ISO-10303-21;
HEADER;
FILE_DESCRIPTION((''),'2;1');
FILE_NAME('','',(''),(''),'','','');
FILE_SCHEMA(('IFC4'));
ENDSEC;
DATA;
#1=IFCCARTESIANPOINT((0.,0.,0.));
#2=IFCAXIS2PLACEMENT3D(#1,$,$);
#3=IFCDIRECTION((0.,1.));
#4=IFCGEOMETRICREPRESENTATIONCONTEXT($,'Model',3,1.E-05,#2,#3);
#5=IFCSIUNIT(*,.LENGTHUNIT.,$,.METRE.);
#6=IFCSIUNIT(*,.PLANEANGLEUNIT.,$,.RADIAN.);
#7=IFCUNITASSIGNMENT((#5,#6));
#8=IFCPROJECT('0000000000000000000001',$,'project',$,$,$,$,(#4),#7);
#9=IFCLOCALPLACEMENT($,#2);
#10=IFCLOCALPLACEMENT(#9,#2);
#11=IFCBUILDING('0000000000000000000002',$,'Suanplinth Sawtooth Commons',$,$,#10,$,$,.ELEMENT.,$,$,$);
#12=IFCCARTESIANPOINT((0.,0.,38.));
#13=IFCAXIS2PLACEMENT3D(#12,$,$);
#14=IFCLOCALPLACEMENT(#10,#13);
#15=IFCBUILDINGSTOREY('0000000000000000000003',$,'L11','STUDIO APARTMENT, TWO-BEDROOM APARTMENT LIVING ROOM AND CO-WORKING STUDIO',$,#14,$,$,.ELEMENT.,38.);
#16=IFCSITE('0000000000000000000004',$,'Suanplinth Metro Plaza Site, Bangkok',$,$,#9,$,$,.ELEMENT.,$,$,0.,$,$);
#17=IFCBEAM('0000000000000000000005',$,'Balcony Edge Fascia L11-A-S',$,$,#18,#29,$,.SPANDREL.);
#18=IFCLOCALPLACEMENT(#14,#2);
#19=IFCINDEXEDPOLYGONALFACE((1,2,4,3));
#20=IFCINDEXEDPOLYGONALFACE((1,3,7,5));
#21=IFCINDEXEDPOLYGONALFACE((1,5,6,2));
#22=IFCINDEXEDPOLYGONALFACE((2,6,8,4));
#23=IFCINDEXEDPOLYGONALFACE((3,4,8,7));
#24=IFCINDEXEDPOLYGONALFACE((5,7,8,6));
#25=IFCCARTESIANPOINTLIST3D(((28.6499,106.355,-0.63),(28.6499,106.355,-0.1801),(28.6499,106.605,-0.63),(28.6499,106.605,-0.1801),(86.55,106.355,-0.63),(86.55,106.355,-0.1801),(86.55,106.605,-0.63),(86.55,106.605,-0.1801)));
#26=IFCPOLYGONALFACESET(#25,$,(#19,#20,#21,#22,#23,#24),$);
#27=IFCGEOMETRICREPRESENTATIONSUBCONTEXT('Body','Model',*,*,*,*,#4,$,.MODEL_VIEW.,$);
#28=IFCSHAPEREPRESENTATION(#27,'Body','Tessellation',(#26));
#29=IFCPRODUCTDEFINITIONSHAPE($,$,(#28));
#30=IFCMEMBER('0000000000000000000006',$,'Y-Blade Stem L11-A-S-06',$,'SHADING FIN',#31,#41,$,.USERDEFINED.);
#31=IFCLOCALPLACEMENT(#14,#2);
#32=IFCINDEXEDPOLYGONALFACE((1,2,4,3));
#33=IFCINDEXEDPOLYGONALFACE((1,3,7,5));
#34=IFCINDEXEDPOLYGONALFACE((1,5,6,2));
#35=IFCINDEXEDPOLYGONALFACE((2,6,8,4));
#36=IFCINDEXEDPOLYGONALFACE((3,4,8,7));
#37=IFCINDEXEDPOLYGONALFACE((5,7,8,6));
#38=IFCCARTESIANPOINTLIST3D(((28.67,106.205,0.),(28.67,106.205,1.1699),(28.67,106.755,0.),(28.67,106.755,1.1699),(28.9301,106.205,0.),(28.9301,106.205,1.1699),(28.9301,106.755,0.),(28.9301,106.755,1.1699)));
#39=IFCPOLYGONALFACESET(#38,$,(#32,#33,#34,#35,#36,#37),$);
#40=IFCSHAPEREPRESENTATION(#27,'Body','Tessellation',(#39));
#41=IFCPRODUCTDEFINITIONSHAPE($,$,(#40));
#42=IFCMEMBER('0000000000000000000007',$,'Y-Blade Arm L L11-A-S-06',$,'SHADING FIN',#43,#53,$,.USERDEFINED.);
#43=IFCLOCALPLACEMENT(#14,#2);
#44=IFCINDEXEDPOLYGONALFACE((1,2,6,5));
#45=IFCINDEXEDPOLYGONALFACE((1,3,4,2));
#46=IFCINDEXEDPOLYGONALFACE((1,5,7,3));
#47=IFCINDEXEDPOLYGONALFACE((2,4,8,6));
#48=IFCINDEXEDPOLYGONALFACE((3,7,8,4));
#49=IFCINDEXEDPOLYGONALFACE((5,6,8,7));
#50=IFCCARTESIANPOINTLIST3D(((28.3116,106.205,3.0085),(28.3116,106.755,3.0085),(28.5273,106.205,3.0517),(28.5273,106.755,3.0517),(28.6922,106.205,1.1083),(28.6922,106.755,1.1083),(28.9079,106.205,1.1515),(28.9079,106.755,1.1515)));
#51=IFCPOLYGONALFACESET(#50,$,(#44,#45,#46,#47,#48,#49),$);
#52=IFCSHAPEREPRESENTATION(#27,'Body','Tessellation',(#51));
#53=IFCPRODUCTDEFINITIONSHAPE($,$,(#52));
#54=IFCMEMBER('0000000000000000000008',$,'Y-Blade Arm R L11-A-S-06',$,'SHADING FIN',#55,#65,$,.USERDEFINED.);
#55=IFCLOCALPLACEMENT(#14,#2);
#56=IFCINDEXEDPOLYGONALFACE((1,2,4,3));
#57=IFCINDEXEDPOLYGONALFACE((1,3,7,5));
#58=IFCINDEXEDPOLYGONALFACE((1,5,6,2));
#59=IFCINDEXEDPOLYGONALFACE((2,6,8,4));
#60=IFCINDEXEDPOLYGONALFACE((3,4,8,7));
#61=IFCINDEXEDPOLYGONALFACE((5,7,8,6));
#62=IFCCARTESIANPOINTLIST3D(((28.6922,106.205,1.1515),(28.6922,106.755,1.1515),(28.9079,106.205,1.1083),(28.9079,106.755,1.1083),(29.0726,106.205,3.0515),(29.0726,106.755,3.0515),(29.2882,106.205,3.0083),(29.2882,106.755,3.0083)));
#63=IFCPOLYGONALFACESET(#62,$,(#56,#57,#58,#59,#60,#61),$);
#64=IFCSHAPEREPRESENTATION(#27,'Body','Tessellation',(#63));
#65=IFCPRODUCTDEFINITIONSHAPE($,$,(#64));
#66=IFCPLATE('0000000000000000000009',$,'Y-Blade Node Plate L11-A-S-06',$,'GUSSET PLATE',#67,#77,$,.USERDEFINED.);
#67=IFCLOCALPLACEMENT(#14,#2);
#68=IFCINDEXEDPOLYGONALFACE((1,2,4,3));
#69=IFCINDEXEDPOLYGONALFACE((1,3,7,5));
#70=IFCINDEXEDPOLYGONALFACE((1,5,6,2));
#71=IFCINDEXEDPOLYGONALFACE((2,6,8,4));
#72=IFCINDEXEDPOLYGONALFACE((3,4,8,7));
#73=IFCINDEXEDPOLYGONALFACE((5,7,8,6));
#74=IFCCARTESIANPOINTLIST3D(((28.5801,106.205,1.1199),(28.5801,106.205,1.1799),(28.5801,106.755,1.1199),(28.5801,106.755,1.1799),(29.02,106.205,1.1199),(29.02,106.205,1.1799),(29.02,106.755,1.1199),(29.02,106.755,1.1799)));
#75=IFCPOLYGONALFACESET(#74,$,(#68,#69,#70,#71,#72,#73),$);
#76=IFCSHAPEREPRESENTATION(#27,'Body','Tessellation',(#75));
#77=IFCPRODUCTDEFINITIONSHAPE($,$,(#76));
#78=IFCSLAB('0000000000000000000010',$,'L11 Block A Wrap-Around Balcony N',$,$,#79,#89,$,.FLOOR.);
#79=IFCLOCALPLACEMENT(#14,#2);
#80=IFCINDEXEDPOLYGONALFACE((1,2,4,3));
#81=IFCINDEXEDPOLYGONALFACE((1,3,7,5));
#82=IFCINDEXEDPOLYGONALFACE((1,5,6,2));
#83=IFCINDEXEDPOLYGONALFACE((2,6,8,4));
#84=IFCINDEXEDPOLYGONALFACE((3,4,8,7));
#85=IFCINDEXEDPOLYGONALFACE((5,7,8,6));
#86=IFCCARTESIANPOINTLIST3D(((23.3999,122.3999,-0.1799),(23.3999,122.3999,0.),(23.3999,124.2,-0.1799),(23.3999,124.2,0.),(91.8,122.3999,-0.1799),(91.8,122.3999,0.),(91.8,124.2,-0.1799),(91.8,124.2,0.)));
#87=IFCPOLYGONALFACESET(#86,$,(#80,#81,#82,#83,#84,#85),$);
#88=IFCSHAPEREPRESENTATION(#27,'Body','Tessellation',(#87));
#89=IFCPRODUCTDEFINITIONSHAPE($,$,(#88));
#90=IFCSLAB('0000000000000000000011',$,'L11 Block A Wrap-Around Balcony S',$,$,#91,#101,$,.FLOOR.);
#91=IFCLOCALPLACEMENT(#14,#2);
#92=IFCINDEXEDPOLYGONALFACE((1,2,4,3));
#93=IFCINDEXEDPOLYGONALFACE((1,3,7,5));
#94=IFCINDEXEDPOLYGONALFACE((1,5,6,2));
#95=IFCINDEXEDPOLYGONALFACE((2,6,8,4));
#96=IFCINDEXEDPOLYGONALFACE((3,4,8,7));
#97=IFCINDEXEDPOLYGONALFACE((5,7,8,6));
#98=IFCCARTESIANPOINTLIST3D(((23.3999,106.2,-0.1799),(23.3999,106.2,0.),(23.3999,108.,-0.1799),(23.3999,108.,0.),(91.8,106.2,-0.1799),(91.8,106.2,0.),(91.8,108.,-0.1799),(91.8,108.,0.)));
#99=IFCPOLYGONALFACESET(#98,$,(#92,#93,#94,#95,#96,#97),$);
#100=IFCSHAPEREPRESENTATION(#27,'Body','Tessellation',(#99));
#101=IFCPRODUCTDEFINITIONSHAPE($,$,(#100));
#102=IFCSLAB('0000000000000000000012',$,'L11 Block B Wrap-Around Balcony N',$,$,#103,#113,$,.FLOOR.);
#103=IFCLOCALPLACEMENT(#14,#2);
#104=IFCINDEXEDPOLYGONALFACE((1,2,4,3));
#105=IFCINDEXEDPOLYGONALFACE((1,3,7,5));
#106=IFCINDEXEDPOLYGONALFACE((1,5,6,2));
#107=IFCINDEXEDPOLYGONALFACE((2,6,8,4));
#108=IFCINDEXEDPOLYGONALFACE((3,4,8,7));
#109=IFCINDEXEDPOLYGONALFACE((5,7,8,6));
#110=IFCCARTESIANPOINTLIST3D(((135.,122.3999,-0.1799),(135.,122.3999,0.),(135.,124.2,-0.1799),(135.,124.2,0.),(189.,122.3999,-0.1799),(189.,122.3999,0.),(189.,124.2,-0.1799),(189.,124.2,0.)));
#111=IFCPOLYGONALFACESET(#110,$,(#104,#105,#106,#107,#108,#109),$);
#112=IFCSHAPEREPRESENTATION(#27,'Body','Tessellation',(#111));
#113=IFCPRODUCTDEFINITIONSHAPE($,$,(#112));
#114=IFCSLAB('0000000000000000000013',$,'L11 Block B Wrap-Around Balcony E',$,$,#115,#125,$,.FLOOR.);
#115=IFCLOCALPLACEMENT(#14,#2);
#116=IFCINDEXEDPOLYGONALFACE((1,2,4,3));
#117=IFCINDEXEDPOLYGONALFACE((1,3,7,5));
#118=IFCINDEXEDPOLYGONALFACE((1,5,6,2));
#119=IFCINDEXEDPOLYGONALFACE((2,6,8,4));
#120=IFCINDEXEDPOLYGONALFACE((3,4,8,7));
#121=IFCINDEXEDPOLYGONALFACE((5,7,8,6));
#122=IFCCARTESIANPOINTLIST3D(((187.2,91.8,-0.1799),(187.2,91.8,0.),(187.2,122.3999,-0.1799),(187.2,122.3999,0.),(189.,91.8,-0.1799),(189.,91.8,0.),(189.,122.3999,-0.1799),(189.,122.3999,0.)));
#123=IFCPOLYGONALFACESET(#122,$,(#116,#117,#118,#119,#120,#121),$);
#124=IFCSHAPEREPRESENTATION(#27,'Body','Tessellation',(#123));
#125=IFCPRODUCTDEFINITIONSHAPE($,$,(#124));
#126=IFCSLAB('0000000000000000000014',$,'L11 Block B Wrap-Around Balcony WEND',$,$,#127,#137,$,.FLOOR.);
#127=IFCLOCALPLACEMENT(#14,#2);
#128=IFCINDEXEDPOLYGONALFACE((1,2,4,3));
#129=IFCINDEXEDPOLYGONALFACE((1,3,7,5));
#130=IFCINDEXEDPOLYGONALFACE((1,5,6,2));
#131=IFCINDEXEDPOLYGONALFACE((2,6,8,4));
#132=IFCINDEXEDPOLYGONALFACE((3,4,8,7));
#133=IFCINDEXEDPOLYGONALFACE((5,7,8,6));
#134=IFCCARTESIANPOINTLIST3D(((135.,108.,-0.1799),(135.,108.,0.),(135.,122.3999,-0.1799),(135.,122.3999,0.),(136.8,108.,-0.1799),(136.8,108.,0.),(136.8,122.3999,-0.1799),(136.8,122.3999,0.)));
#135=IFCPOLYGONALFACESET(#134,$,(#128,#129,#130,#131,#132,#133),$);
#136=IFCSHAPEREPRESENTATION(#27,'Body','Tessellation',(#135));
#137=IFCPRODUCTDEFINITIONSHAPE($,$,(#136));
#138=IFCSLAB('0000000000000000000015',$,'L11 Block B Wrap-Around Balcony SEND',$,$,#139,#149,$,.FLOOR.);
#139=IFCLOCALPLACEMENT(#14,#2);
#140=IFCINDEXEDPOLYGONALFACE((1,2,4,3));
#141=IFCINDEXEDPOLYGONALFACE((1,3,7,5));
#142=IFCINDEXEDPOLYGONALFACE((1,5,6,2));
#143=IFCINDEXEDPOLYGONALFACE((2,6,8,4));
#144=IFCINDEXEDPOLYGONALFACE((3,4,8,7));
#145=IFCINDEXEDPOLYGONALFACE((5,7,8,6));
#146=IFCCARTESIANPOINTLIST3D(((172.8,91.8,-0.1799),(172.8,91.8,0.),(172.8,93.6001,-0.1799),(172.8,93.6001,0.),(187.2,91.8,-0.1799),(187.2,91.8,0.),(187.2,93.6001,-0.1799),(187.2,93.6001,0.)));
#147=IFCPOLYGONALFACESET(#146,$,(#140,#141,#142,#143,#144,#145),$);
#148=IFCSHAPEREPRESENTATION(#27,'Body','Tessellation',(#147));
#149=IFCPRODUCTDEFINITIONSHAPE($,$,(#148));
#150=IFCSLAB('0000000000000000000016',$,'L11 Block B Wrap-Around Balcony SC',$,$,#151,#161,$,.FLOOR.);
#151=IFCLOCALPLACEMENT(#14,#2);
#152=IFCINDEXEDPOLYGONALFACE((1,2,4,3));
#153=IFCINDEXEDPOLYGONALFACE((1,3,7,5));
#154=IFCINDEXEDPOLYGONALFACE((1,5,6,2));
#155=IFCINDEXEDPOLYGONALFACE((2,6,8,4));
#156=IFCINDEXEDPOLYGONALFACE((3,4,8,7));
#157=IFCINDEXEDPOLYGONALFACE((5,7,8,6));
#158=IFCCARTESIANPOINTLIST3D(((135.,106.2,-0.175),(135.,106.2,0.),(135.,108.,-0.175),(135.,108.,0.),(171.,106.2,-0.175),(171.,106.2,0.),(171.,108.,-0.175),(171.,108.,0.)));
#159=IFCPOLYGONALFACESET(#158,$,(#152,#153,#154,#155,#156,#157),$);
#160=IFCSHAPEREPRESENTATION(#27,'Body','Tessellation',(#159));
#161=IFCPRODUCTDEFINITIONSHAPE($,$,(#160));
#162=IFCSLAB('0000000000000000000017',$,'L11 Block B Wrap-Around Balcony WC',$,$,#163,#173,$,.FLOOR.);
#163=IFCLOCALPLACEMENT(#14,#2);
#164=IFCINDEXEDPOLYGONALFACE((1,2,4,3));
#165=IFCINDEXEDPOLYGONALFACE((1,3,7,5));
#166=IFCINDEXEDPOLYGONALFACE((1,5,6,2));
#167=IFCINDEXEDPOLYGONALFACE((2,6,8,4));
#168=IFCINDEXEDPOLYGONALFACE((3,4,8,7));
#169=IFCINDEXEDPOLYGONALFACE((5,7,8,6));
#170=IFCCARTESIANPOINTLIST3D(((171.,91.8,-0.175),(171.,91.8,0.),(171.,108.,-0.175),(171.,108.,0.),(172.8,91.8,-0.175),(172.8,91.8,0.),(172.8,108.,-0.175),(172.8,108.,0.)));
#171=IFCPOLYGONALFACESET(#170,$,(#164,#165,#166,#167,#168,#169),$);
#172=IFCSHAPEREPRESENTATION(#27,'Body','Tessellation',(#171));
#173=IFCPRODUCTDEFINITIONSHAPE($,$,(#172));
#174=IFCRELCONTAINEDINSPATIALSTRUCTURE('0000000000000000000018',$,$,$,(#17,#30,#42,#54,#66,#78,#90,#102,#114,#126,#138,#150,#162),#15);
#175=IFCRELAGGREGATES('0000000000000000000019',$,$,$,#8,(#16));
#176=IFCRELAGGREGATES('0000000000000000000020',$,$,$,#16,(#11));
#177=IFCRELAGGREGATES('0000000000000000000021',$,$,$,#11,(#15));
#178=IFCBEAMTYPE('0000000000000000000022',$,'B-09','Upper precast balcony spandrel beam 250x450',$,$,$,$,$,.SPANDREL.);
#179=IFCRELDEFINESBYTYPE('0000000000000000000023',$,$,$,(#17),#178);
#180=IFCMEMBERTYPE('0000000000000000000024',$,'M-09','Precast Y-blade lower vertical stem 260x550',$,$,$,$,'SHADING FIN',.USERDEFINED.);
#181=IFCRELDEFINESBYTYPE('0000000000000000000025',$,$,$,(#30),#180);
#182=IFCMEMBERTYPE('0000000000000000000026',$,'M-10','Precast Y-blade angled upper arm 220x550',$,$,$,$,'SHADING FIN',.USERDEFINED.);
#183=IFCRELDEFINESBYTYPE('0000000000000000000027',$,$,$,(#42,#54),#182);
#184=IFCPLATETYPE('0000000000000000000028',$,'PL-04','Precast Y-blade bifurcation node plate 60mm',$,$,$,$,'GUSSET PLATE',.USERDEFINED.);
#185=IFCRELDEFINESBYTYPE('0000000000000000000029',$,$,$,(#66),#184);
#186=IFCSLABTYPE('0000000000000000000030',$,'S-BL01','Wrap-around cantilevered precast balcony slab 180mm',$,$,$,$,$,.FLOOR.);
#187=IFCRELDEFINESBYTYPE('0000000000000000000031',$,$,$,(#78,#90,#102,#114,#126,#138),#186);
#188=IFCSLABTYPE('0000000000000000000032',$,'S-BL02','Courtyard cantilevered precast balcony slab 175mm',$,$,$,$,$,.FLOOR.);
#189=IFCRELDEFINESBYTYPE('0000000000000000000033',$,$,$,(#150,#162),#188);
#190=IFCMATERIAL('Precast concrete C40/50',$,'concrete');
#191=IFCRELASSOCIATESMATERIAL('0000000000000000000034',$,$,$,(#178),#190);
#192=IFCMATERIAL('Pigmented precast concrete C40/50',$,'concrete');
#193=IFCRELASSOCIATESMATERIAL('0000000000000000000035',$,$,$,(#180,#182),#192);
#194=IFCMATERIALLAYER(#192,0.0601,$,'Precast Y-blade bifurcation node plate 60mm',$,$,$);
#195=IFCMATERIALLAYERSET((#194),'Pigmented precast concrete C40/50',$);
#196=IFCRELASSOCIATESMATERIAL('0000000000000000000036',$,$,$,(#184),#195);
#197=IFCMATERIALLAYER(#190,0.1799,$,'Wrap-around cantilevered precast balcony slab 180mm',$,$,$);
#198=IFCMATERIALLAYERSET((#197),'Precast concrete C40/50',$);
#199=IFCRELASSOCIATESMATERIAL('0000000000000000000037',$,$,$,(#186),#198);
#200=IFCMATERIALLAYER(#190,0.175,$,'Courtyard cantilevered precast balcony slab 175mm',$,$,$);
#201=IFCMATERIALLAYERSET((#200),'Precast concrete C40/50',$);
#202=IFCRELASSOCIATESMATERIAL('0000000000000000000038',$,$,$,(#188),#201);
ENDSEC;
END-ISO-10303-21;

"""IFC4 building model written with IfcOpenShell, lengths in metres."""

from ifc_helpers import new_model, si_unit, direction, frame, origin, origin_2d, place, context, subcontext, project, spatial, polyline, rectangle, outline, extrude, material, layer, layer_set, material_profile, profile_set, type_object, element, save


model = new_model("IFC4")

# Units and contexts
model_context = context("Model", 3, precision=1e-05, world=origin(), true_north=direction((0.0, 1.0)))
body_context = subcontext(model_context, "Body", "Model", "MODEL_VIEW")
ifc_project = project(units=[si_unit("LENGTHUNIT", "METRE"), si_unit("PLANEANGLEUNIT", "RADIAN")], contexts=[model_context])

# Site, building, storey
site_placement = place(None, origin())
site = spatial("IfcSite", under=ifc_project, at=site_placement, Name="Suanplinth Metro Plaza Site, Bangkok", CompositionType="ELEMENT", RefElevation=0.0)
building_placement = place(site_placement, origin())
building = spatial("IfcBuilding", under=site, at=building_placement, Name="Suanplinth Sawtooth Commons", CompositionType="ELEMENT")
storey_placement = place(building_placement, frame((0.0, 0.0, 38.0)))
storey = spatial("IfcBuildingStorey", under=building, at=storey_placement, Name="L11", Description="STUDIO APARTMENT, TWO-BEDROOM APARTMENT LIVING ROOM AND CO-WORKING STUDIO", CompositionType="ELEMENT", Elevation=38.0)

# Beam
ifc_material_1 = material(Name="Precast concrete C40/50", Category="concrete")
ifc_material_profile_1 = material_profile(ifc_material_1, rectangle(XDim=0.25, YDim=0.45, at=origin_2d()), Name="PC-SP 250x450")
ifc_profile_set_1 = profile_set([ifc_material_profile_1], Name="Precast concrete C40/50")
beam_type = type_object("IfcBeamType", Name="B-09", Description="Upper precast balcony spandrel beam 250x450", PredefinedType="SPANDREL", material=ifc_profile_set_1)
beam_placement = place(storey_placement, frame((28.6499, 106.48, -0.405), z_axis=(1.0, 0.0, 0.0), x_axis=(0.0, 1.0, 0.0)))
element("IfcBeam", 1, at=beam_placement, inside=storey, type_object=beam_type, Name="Balcony Edge Fascia L11-A-S", PredefinedType="SPANDREL", context=body_context, shape_type="SweptSolid", body=[
    extrude(rectangle(XDim=0.25, YDim=0.45, at=origin_2d()), origin(), (0.0, 0.0, 1.0), 57.9001),
])

# Members
ifc_material_2 = material(Name="Pigmented precast concrete C40/50", Category="concrete")
ifc_material_profile_2 = material_profile(ifc_material_2, rectangle(XDim=0.26, YDim=0.55, at=origin_2d()), Name="PC-FIN 260x550")
ifc_profile_set_2 = profile_set([ifc_material_profile_2], Name="Pigmented precast concrete C40/50")
member_type_1 = type_object("IfcMemberType", Name="M-09", Description="Precast Y-blade lower vertical stem 260x550", ElementType="SHADING FIN", PredefinedType="USERDEFINED", material=ifc_profile_set_2)
member_1_placement = place(storey_placement, frame((28.8, 106.48, 0.0), z_axis=(0.0, 0.0, 1.0), x_axis=(1.0, 0.0, 0.0)))
element("IfcMember", 2, at=member_1_placement, inside=storey, type_object=member_type_1, Name="Y-Blade Stem L11-A-S-06", ObjectType="SHADING FIN", PredefinedType="USERDEFINED", context=body_context, shape_type="SweptSolid", body=[
    extrude(rectangle(XDim=0.26, YDim=0.55, at=origin_2d()), origin(), (0.0, 0.0, 1.0), 1.1699),
])
ifc_material_profile_3 = material_profile(ifc_material_2, rectangle(XDim=0.22, YDim=0.55, at=origin_2d()), Name="PC-FIN 220x550")
ifc_profile_set_3 = profile_set([ifc_material_profile_3], Name="Pigmented precast concrete C40/50")
member_type_2 = type_object("IfcMemberType", Name="M-10", Description="Precast Y-blade angled upper arm 220x550", ElementType="SHADING FIN", PredefinedType="USERDEFINED", material=ifc_profile_set_3)
member_2_placement = place(storey_placement, frame((28.8, 106.48, 1.1299), z_axis=(-0.196407, 0.0, 0.980522), x_axis=(0.980522, 0.0, 0.196407)))
element("IfcMember", 3, at=member_2_placement, inside=storey, type_object=member_type_2, Name="Y-Blade Arm L L11-A-S-06", ObjectType="SHADING FIN", PredefinedType="USERDEFINED", context=body_context, shape_type="SweptSolid", body=[
    extrude(rectangle(XDim=0.22, YDim=0.55, at=origin_2d()), origin(), (0.0, 0.0, 1.0), 1.938),
])
member_3_placement = place(storey_placement, frame((28.8, 106.48, 1.1299), z_axis=(0.196286, 0.0, 0.980547), x_axis=(-0.980547, 0.0, 0.196286)))
element("IfcMember", 4, at=member_3_placement, inside=storey, type_object=member_type_2, Name="Y-Blade Arm R L11-A-S-06", ObjectType="SHADING FIN", PredefinedType="USERDEFINED", context=body_context, shape_type="SweptSolid", body=[
    extrude(rectangle(XDim=0.22, YDim=0.55, at=origin_2d()), origin(), (0.0, 0.0, 1.0), 1.9377),
])

# Plate
ifc_layer_1 = layer(ifc_material_2, 0.0601, Name="Precast Y-blade bifurcation node plate 60mm")
ifc_layer_set_1 = layer_set([ifc_layer_1], Name="Pigmented precast concrete C40/50")
plate_type = type_object("IfcPlateType", Name="PL-04", Description="Precast Y-blade bifurcation node plate 60mm", ElementType="GUSSET PLATE", PredefinedType="USERDEFINED", material=ifc_layer_set_1)
plate_placement = place(storey_placement, frame((28.8, 106.48, 1.1199), z_axis=(0.0, 0.0, 1.0), x_axis=(1.0, 0.0, 0.0)))
element("IfcPlate", 5, at=plate_placement, inside=storey, type_object=plate_type, Name="Y-Blade Node Plate L11-A-S-06", ObjectType="GUSSET PLATE", PredefinedType="USERDEFINED", context=body_context, shape_type="SweptSolid", body=[
    extrude(rectangle(XDim=0.4399, YDim=0.55, at=origin_2d()), origin(), (0.0, 0.0, 1.0), 0.0601),
])

# Slabs
ifc_layer_2 = layer(ifc_material_1, 0.1799, Name="Wrap-around cantilevered precast balcony slab 180mm")
ifc_layer_set_2 = layer_set([ifc_layer_2], Name="Precast concrete C40/50")
slab_type_1 = type_object("IfcSlabType", Name="S-BL01", Description="Wrap-around cantilevered precast balcony slab 180mm", PredefinedType="FLOOR", material=ifc_layer_set_2)
slab_1_placement = place(storey_placement, frame((0.0, 0.0, -0.1799)))
element("IfcSlab", 6, at=slab_1_placement, inside=storey, type_object=slab_type_1, Name="L11 Block A Wrap-Around Balcony N", PredefinedType="FLOOR", context=body_context, shape_type="SweptSolid", body=[
    extrude(outline(polyline([(23.3999, 124.2), (91.8, 124.2), (91.8, 122.3999), (23.3999, 122.3999), (23.3999, 124.2)])), origin(), (0.0, 0.0, 1.0), 0.1799),
])
slab_2_placement = place(storey_placement, frame((0.0, 0.0, -0.1799)))
element("IfcSlab", 7, at=slab_2_placement, inside=storey, type_object=slab_type_1, Name="L11 Block A Wrap-Around Balcony S", PredefinedType="FLOOR", context=body_context, shape_type="SweptSolid", body=[
    extrude(outline(polyline([(91.8, 106.2), (23.3999, 106.2), (23.3999, 108.0), (91.8, 108.0), (91.8, 106.2)])), origin(), (0.0, 0.0, 1.0), 0.1799),
])
slab_3_placement = place(storey_placement, frame((0.0, 0.0, -0.1799)))
element("IfcSlab", 8, at=slab_3_placement, inside=storey, type_object=slab_type_1, Name="L11 Block B Wrap-Around Balcony N", PredefinedType="FLOOR", context=body_context, shape_type="SweptSolid", body=[
    extrude(outline(polyline([(135.0, 122.3999), (135.0, 124.2), (189.0, 124.2), (189.0, 122.3999), (135.0, 122.3999)])), origin(), (0.0, 0.0, 1.0), 0.1799),
])
slab_4_placement = place(storey_placement, frame((0.0, 0.0, -0.1799)))
element("IfcSlab", 9, at=slab_4_placement, inside=storey, type_object=slab_type_1, Name="L11 Block B Wrap-Around Balcony E", PredefinedType="FLOOR", context=body_context, shape_type="SweptSolid", body=[
    extrude(outline(polyline([(189.0, 122.3999), (189.0, 91.8), (187.2, 91.8), (187.2, 122.3999), (189.0, 122.3999)])), origin(), (0.0, 0.0, 1.0), 0.1799),
])
slab_5_placement = place(storey_placement, frame((0.0, 0.0, -0.1799)))
element("IfcSlab", 10, at=slab_5_placement, inside=storey, type_object=slab_type_1, Name="L11 Block B Wrap-Around Balcony WEND", PredefinedType="FLOOR", context=body_context, shape_type="SweptSolid", body=[
    extrude(outline(polyline([(136.8, 108.0), (135.0, 108.0), (135.0, 122.3999), (136.8, 122.3999), (136.8, 108.0)])), origin(), (0.0, 0.0, 1.0), 0.1799),
])
slab_6_placement = place(storey_placement, frame((0.0, 0.0, -0.1799)))
element("IfcSlab", 11, at=slab_6_placement, inside=storey, type_object=slab_type_1, Name="L11 Block B Wrap-Around Balcony SEND", PredefinedType="FLOOR", context=body_context, shape_type="SweptSolid", body=[
    extrude(outline(polyline([(187.2, 91.8), (172.8, 91.8), (172.8, 93.6001), (187.2, 93.6001), (187.2, 91.8)])), origin(), (0.0, 0.0, 1.0), 0.1799),
])
ifc_layer_3 = layer(ifc_material_1, 0.175, Name="Courtyard cantilevered precast balcony slab 175mm")
ifc_layer_set_3 = layer_set([ifc_layer_3], Name="Precast concrete C40/50")
slab_type_2 = type_object("IfcSlabType", Name="S-BL02", Description="Courtyard cantilevered precast balcony slab 175mm", PredefinedType="FLOOR", material=ifc_layer_set_3)
slab_7_placement = place(storey_placement, frame((0.0, 0.0, -0.175)))
element("IfcSlab", 12, at=slab_7_placement, inside=storey, type_object=slab_type_2, Name="L11 Block B Wrap-Around Balcony SC", PredefinedType="FLOOR", context=body_context, shape_type="SweptSolid", body=[
    extrude(outline(polyline([(171.0, 106.2), (135.0, 106.2), (135.0, 108.0), (171.0, 108.0), (171.0, 106.2)])), origin(), (0.0, 0.0, 1.0), 0.175),
])
slab_8_placement = place(storey_placement, frame((0.0, 0.0, -0.175)))
element("IfcSlab", 13, at=slab_8_placement, inside=storey, type_object=slab_type_2, Name="L11 Block B Wrap-Around Balcony WC", PredefinedType="FLOOR", context=body_context, shape_type="SweptSolid", body=[
    extrude(outline(polyline([(172.8, 91.8), (171.0, 91.8), (171.0, 108.0), (172.8, 108.0), (172.8, 91.8)])), origin(), (0.0, 0.0, 1.0), 0.175),
])

save(model, "model.ifc")
